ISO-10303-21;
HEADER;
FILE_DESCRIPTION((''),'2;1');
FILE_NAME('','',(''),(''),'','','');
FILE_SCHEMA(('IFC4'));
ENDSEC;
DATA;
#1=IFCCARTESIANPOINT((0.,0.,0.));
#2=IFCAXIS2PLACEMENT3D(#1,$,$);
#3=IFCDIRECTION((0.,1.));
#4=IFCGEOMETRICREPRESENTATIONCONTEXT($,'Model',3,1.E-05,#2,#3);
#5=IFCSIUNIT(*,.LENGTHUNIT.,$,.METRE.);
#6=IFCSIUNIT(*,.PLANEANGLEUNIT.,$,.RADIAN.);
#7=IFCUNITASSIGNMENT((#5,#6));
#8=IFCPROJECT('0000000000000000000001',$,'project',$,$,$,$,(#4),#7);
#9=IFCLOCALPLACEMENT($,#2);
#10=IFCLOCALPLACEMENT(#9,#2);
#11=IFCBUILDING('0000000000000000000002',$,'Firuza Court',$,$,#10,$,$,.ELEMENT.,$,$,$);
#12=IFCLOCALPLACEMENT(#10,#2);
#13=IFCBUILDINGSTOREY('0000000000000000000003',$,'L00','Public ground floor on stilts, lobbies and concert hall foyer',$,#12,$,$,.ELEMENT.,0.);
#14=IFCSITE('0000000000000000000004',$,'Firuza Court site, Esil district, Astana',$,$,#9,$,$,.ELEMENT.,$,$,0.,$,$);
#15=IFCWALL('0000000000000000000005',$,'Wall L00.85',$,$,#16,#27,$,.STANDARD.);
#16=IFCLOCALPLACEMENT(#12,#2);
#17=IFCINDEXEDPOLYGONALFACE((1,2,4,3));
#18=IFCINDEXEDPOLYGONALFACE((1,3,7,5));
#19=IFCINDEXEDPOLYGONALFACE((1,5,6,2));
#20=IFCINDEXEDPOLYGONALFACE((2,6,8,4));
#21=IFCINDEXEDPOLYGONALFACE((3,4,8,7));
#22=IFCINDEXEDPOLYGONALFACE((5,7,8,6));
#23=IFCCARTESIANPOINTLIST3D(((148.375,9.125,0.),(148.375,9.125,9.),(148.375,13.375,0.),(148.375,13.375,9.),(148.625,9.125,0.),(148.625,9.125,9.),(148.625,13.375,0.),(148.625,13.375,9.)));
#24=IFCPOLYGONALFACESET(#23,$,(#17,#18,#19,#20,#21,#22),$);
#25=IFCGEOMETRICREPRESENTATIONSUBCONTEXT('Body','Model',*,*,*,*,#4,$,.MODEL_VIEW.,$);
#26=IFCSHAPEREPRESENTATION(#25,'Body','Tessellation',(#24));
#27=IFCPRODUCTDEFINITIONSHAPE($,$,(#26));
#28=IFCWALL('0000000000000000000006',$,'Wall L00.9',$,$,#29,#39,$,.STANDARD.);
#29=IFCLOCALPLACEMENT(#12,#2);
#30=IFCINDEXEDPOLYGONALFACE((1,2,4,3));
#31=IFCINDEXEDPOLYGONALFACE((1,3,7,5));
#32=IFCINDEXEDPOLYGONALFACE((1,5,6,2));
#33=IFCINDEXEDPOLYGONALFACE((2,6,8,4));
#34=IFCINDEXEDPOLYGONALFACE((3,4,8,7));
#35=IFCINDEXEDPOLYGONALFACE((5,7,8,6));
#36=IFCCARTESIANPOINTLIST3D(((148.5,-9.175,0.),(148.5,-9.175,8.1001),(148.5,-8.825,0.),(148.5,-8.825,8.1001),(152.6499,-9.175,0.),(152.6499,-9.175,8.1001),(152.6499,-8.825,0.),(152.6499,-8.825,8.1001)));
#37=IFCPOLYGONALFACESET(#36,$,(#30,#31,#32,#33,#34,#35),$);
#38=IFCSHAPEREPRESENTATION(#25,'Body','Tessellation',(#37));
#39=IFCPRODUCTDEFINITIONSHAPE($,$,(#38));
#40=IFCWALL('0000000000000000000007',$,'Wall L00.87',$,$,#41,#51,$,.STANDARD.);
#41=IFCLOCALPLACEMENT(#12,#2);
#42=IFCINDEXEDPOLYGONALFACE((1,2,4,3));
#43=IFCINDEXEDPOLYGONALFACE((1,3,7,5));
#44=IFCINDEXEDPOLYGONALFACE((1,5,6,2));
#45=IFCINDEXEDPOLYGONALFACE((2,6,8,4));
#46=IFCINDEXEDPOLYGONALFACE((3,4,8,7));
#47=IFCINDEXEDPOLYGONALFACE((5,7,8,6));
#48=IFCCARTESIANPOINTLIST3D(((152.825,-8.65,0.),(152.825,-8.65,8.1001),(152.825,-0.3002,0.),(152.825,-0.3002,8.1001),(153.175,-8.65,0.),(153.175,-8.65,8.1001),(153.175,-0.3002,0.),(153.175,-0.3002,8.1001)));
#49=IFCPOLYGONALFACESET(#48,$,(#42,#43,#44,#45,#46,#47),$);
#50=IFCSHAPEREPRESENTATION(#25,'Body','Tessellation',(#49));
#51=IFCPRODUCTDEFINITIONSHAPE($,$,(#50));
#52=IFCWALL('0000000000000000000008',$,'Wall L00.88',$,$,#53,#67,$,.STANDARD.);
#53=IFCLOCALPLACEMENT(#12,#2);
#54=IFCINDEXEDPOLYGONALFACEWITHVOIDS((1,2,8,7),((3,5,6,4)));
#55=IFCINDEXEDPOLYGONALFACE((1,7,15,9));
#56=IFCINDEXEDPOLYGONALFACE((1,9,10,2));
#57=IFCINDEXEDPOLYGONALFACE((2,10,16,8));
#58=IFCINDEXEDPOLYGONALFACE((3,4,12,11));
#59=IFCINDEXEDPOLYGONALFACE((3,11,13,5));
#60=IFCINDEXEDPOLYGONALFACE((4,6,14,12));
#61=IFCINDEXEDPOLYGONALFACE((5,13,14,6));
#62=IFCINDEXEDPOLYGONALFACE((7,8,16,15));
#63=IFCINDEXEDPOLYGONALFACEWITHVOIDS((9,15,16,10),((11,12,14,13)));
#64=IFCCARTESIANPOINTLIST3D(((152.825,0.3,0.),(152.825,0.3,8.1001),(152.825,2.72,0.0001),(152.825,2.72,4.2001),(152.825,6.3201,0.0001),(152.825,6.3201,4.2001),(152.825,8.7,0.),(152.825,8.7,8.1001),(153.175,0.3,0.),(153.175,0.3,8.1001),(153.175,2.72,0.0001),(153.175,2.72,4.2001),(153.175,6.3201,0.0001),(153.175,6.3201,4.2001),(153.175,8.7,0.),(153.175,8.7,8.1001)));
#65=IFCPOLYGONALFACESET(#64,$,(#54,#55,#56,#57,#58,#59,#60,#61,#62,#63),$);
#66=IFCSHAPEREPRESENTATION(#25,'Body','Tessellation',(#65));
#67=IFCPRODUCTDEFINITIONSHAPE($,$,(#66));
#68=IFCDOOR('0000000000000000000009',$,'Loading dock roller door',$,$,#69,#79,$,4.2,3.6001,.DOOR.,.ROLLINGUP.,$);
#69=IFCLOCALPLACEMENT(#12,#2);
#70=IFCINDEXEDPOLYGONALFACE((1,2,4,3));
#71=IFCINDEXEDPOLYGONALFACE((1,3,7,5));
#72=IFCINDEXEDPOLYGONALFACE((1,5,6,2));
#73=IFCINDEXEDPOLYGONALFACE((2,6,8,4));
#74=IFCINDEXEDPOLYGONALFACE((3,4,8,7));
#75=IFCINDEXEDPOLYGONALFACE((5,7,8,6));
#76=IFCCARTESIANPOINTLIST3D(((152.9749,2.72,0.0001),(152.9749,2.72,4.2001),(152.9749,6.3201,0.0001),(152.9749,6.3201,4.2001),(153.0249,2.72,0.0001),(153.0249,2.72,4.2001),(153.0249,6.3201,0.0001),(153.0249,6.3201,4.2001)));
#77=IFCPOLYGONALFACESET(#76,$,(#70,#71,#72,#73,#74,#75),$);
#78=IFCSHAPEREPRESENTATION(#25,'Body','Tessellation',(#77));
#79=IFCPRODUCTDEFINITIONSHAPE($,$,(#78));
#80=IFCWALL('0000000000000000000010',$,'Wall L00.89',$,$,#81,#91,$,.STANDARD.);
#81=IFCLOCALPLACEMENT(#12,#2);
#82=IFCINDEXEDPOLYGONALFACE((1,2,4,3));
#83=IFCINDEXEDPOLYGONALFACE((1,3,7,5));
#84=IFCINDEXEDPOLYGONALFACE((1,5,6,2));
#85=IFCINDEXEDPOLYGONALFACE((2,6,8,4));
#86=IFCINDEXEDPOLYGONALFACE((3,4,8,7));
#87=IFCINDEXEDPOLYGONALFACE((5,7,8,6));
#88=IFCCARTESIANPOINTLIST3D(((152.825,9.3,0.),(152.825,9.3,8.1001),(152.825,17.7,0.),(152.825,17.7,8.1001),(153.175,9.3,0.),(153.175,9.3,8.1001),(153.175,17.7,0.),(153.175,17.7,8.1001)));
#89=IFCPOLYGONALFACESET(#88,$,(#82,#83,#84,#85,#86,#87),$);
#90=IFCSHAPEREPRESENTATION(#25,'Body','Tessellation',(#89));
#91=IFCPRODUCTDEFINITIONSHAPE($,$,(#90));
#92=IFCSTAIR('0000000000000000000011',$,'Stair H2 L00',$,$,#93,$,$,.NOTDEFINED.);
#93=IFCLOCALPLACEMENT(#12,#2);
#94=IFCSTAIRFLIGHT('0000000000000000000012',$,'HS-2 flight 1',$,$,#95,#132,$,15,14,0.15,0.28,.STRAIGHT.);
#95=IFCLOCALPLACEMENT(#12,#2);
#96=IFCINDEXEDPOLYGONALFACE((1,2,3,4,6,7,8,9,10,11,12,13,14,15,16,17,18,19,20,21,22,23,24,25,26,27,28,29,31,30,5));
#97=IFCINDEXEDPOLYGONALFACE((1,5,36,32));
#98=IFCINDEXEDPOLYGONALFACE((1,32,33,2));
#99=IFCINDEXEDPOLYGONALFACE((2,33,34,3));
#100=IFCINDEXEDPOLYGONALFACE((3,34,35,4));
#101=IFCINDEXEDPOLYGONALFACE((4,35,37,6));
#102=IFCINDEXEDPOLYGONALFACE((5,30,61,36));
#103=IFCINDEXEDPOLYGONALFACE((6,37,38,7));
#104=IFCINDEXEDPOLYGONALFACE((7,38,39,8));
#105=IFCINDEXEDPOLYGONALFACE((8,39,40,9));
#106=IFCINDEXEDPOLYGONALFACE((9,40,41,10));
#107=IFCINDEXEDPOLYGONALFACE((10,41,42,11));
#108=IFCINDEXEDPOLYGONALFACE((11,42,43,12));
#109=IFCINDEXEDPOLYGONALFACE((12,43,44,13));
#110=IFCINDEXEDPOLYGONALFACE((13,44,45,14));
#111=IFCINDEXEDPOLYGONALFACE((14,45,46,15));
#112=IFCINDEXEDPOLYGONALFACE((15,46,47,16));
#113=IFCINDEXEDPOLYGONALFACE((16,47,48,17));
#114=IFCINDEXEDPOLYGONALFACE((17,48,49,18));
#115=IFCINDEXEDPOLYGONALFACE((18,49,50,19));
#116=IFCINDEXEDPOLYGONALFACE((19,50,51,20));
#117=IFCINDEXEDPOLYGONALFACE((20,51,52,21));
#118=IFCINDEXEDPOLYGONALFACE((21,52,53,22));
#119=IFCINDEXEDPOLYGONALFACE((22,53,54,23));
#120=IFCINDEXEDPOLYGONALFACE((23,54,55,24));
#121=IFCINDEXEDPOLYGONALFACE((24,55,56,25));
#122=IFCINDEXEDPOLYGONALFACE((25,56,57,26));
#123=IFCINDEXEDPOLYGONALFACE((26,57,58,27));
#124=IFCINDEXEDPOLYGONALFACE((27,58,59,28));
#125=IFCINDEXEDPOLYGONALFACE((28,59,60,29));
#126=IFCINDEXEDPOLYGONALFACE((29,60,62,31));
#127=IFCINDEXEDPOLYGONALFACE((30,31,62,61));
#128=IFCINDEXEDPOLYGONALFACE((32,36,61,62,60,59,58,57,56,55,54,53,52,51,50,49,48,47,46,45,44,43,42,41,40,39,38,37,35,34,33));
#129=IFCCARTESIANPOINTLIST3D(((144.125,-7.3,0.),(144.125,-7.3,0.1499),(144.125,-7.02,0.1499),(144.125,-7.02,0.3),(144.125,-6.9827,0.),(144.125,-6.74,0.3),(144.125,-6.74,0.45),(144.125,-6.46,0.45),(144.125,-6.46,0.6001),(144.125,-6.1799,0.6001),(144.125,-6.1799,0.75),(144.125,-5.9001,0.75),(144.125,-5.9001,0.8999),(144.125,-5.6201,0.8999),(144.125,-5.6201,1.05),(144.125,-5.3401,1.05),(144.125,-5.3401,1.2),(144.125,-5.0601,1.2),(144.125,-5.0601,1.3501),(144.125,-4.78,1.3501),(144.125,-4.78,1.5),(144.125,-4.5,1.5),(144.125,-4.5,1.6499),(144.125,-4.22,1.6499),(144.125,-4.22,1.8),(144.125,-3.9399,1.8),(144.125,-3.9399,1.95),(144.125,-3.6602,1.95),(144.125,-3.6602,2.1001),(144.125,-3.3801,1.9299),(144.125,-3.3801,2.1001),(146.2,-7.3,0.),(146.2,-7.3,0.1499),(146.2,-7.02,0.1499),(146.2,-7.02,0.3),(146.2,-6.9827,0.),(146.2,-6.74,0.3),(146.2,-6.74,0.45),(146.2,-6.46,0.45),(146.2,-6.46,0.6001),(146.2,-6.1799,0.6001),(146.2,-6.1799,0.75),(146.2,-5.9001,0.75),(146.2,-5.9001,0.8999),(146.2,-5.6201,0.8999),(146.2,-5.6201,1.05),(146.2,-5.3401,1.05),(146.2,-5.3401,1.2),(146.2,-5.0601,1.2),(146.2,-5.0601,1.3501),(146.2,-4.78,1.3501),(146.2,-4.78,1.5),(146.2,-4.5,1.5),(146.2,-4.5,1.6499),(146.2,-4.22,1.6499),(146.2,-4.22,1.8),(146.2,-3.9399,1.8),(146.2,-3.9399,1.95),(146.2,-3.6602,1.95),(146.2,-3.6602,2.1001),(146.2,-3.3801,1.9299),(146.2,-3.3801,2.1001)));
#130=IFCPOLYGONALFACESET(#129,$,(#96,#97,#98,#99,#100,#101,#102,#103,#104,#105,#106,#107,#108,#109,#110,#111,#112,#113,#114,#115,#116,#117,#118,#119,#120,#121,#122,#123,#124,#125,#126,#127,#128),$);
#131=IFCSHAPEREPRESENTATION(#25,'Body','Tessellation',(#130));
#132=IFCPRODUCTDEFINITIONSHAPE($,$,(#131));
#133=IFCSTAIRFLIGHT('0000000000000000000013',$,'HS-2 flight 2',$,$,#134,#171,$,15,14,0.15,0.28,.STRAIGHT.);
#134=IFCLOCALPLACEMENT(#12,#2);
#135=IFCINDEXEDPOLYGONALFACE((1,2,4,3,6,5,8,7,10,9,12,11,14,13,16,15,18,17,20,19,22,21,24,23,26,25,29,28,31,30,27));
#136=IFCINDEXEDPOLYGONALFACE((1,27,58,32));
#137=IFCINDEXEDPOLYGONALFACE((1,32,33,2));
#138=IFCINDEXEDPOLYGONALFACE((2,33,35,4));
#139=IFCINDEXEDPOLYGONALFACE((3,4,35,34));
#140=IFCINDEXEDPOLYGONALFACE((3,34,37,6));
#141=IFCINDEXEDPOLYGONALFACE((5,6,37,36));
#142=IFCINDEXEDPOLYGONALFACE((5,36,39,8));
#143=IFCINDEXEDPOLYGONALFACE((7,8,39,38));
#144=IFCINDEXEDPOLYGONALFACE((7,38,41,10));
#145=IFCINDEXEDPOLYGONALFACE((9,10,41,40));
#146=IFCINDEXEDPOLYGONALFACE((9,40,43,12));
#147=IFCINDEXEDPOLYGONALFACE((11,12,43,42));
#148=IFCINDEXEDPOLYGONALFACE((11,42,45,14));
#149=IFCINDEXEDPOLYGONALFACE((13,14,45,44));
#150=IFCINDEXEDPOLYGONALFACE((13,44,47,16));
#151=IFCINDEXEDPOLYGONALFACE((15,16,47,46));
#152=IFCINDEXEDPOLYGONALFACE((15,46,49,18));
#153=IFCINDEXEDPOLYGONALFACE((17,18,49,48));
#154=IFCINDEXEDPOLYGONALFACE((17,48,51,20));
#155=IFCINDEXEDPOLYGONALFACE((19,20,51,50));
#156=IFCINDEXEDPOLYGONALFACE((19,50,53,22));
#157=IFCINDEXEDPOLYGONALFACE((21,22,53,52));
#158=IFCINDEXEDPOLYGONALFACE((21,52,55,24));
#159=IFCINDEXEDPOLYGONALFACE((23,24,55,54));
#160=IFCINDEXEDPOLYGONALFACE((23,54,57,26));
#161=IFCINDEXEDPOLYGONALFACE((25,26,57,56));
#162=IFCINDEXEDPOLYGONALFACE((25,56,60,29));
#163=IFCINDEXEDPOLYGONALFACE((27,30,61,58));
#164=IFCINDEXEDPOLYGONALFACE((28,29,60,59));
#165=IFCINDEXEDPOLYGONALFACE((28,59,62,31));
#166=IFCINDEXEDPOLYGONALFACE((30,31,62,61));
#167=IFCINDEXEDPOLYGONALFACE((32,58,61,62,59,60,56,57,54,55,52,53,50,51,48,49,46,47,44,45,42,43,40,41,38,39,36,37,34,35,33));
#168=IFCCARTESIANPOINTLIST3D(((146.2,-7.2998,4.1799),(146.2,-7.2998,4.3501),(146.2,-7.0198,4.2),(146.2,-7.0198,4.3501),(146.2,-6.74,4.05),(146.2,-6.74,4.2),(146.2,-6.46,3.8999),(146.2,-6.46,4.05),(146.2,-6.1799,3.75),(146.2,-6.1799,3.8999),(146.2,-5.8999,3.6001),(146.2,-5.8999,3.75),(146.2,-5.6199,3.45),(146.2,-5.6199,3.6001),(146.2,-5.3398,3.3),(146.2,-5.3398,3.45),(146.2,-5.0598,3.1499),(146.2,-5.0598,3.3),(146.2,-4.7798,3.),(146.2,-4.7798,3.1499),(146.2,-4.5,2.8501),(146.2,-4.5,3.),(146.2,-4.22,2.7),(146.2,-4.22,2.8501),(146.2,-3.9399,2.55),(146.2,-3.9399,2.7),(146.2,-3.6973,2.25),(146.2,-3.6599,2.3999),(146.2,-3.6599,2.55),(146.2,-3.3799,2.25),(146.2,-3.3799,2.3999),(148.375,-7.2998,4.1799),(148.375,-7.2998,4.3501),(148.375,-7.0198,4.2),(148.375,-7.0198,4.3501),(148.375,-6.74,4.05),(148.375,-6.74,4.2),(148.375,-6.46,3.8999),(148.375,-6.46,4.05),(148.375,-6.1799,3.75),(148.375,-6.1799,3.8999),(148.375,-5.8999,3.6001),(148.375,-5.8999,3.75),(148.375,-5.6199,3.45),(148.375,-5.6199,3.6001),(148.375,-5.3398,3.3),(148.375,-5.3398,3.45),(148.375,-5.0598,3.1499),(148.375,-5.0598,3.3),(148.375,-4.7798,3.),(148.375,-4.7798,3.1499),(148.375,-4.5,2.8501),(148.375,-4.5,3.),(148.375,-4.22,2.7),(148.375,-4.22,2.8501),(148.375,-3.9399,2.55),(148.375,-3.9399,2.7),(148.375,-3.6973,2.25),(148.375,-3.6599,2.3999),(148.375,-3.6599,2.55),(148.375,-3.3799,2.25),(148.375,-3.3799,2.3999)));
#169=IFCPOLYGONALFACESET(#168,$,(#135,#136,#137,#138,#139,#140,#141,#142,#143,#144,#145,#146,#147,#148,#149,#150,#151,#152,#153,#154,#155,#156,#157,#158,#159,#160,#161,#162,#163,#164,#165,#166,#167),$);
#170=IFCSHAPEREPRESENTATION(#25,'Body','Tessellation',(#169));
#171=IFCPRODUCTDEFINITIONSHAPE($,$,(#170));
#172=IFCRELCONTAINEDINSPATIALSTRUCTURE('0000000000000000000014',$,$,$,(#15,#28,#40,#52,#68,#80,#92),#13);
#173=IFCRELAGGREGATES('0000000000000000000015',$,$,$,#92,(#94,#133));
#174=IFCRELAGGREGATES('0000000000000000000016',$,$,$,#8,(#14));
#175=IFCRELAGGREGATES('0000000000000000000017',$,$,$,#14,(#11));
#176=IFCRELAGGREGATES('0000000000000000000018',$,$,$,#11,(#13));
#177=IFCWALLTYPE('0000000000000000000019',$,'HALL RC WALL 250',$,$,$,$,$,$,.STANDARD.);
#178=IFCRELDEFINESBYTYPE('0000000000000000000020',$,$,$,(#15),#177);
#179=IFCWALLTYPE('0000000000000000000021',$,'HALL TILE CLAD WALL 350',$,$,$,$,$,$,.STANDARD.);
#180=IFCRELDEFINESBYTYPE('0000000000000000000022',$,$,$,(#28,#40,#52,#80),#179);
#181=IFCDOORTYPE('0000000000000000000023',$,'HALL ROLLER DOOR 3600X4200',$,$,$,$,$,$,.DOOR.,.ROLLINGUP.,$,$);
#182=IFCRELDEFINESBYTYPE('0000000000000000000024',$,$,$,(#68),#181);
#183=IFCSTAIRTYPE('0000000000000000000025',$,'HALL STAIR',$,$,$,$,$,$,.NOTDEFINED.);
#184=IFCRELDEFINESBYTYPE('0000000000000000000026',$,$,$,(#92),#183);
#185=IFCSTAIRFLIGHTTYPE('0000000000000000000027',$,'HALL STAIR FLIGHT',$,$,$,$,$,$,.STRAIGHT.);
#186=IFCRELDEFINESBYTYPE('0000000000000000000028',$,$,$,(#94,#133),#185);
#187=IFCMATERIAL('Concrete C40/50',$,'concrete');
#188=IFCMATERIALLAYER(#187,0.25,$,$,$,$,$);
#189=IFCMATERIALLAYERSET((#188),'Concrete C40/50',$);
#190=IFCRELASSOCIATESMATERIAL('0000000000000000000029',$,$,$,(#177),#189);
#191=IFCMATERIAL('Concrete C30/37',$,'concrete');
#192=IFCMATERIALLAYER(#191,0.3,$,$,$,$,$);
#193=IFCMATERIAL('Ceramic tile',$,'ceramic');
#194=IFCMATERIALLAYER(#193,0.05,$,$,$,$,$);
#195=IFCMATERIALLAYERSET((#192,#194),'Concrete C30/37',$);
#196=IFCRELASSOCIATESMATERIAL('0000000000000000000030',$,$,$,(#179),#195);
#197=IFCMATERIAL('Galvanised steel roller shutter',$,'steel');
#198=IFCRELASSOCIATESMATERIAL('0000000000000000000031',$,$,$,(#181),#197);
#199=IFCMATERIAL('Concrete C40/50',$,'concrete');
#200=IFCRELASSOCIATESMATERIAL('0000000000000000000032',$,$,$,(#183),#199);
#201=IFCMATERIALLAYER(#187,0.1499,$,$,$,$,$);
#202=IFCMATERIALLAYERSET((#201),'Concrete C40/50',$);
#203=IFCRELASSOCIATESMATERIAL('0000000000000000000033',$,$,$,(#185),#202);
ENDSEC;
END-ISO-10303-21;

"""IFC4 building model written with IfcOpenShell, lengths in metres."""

from ifc_helpers import new_model, si_unit, direction, frame, frame_2d, origin, place, context, subcontext, project, spatial, polyline, rectangle, outline, extrude, material, layer, layer_set, type_object, element, fill, aggregate, save


model = new_model("IFC4")

# Units and contexts
model_context = context("Model", 3, precision=1e-05, world=origin(), true_north=direction((0.0, 1.0)))
body_context = subcontext(model_context, "Body", "Model", "MODEL_VIEW")
ifc_project = project(units=[si_unit("LENGTHUNIT", "METRE"), si_unit("PLANEANGLEUNIT", "RADIAN")], contexts=[model_context])

# Site, building, storey
site_placement = place(None, origin())
site = spatial("IfcSite", under=ifc_project, at=site_placement, Name="Firuza Court site, Esil district, Astana", CompositionType="ELEMENT", RefElevation=0.0)
building_placement = place(site_placement, origin())
building = spatial("IfcBuilding", under=site, at=building_placement, Name="Firuza Court", CompositionType="ELEMENT")
storey_placement = place(building_placement, origin())
storey = spatial("IfcBuildingStorey", under=building, at=storey_placement, Name="L00", Description="Public ground floor on stilts, lobbies and concert hall foyer", CompositionType="ELEMENT", Elevation=0.0)

# Walls
ifc_material_1 = material(Name="Concrete C40/50", Category="concrete")
ifc_layer_1 = layer(ifc_material_1, 0.25)
ifc_layer_set_1 = layer_set([ifc_layer_1], Name="Concrete C40/50")
wall_type_1 = type_object("IfcWallType", Name="HALL RC WALL 250", PredefinedType="STANDARD", material=ifc_layer_set_1)
wall_1_placement = place(storey_placement, frame((148.5, 9.125, 0.0), z_axis=(0.0, 0.0, 1.0), x_axis=(0.0, 1.0, 0.0)))
element("IfcWall", 1, at=wall_1_placement, inside=storey, type_object=wall_type_1, Name="Wall L00.85", PredefinedType="STANDARD", context=body_context, shape_type="SweptSolid", body=[
    extrude(rectangle(XDim=4.25, YDim=0.25, at=frame_2d((2.125, 0.0))), origin(), (0.0, 0.0, 1.0), 9.0),
])
ifc_material_2 = material(Name="Concrete C30/37", Category="concrete")
ifc_layer_2 = layer(ifc_material_2, 0.3)
ifc_material_3 = material(Name="Ceramic tile", Category="ceramic")
ifc_layer_3 = layer(ifc_material_3, 0.05)
ifc_layer_set_2 = layer_set([ifc_layer_2, ifc_layer_3], Name="Concrete C30/37")
wall_type_2 = type_object("IfcWallType", Name="HALL TILE CLAD WALL 350", PredefinedType="STANDARD", material=ifc_layer_set_2)
wall_2_placement = place(storey_placement, frame((148.5, -9.0, 0.0), z_axis=(0.0, 0.0, 1.0), x_axis=(1.0, 0.0, 0.0)))
element("IfcWall", 2, at=wall_2_placement, inside=storey, type_object=wall_type_2, Name="Wall L00.9", PredefinedType="STANDARD", context=body_context, shape_type="SweptSolid", body=[
    extrude(rectangle(XDim=4.1499, YDim=0.3501, at=frame_2d((2.075, 0.0))), origin(), (0.0, 0.0, 1.0), 8.1001),
])
wall_3_placement = place(storey_placement, frame((153.0, -8.6499, 0.0), z_axis=(0.0, 0.0, 1.0), x_axis=(0.0, 1.0, 0.0)))
element("IfcWall", 3, at=wall_3_placement, inside=storey, type_object=wall_type_2, Name="Wall L00.87", PredefinedType="STANDARD", context=body_context, shape_type="SweptSolid", body=[
    extrude(rectangle(XDim=8.3499, YDim=0.3501, at=frame_2d((4.1748, 0.0))), origin(), (0.0, 0.0, 1.0), 8.1001),
])

# Wall, opening, door
wall_4_placement = place(storey_placement, frame((153.0, 0.3, 0.0), z_axis=(0.0, 0.0, 1.0), x_axis=(0.0, 1.0, 0.0)))
wall_4 = element("IfcWall", 4, at=wall_4_placement, inside=storey, type_object=wall_type_2, Name="Wall L00.88", PredefinedType="STANDARD", context=body_context, shape_type="SweptSolid", body=[
    extrude(rectangle(XDim=8.3999, YDim=0.3501, at=frame_2d((4.2, 0.0))), origin(), (0.0, 0.0, 1.0), 8.1001),
])
opening_1_placement = place(wall_4_placement, frame((2.4199, 0.0, 0.0)))
opening_1 = element("IfcOpeningElement", 5, at=opening_1_placement, cuts=wall_4, PredefinedType="OPENING", context=body_context, shape_type="SweptSolid", body=[
    extrude(rectangle(XDim=3.6001, YDim=4.2, at=frame_2d((1.8, 2.1001))), frame((0.0, 0.187, 0.0), z_axis=(0.0, -1.0, 0.0), x_axis=(1.0, 0.0, 0.0)), (0.0, 0.0, 1.0), 0.374),
])
ifc_material_4 = material(Name="Galvanised steel roller shutter", Category="steel")
door_type_1 = type_object("IfcDoorType", Name="HALL ROLLER DOOR 3600X4200", OperationType="ROLLINGUP", PredefinedType="DOOR", material=ifc_material_4)
door_1_placement = place(opening_1_placement, frame((3.6001, 0.0, 0.0), z_axis=(0.0, 0.0, 1.0), x_axis=(-1.0, 0.0, 0.0)))
door_1 = element("IfcDoor", 6, at=door_1_placement, inside=storey, type_object=door_type_1, Name="Loading dock roller door", OperationType="ROLLINGUP", OverallHeight=4.2, OverallWidth=3.6001, PredefinedType="DOOR", context=body_context, shape_type="SweptSolid", body=[
    extrude(rectangle(XDim=3.6001, YDim=4.2, at=frame_2d((1.8, 2.1001))), frame((0.0, 0.0249, 0.0), z_axis=(0.0, -1.0, 0.0), x_axis=(1.0, 0.0, 0.0)), (0.0, 0.0, 1.0), 0.05),
])
fill(opening_1, door_1)

# Wall
wall_5_placement = place(storey_placement, frame((153.0, 9.3, 0.0), z_axis=(0.0, 0.0, 1.0), x_axis=(0.0, 1.0, 0.0)))
element("IfcWall", 7, at=wall_5_placement, inside=storey, type_object=wall_type_2, Name="Wall L00.89", PredefinedType="STANDARD", context=body_context, shape_type="SweptSolid", body=[
    extrude(rectangle(XDim=8.3999, YDim=0.3501, at=frame_2d((4.2, 0.0))), origin(), (0.0, 0.0, 1.0), 8.1001),
])

# Stair, stair flights
ifc_material_5 = material(Name="Concrete C40/50", Category="concrete")
stair_type = type_object("IfcStairType", Name="HALL STAIR", PredefinedType="NOTDEFINED", material=ifc_material_5)
stair_placement = place(storey_placement, origin())
stair = element("IfcStair", 8, at=stair_placement, inside=storey, type_object=stair_type, Name="Stair H2 L00", PredefinedType="NOTDEFINED")
ifc_layer_4 = layer(ifc_material_1, 0.1499)
ifc_layer_set_3 = layer_set([ifc_layer_4], Name="Concrete C40/50")
stair_flight_type = type_object("IfcStairFlightType", Name="HALL STAIR FLIGHT", PredefinedType="STRAIGHT", material=ifc_layer_set_3)
stair_flight_1_placement = place(storey_placement, frame((145.1626, -7.3, 0.0), z_axis=(0.0, 0.0, 1.0), x_axis=(0.0, 1.0, 0.0)))
stair_flight_1 = element("IfcStairFlight", 9, at=stair_flight_1_placement, type_object=stair_flight_type, Name="HS-2 flight 1", NumberOfRisers=15, NumberOfTreads=14, PredefinedType="STRAIGHT", RiserHeight=0.15, TreadLength=0.28, context=body_context, shape_type="SweptSolid", body=[
    extrude(outline(polyline([(0.0, 0.0), (0.0, 0.1499), (0.28, 0.1499), (0.28, 0.3), (0.5601, 0.3), (0.5601, 0.45), (0.8401, 0.45), (0.8401, 0.6001), (1.1201, 0.6001), (1.1201, 0.75), (1.3999, 0.75), (1.3999, 0.8999), (1.6799, 0.8999), (1.6799, 1.05), (1.96, 1.05), (1.96, 1.2), (2.24, 1.2), (2.24, 1.3501), (2.52, 1.3501), (2.52, 1.5), (2.8, 1.5), (2.8, 1.6499), (3.0801, 1.6499), (3.0801, 1.8), (3.3601, 1.8), (3.3601, 1.95), (3.6399, 1.95), (3.6399, 2.1001), (3.9199, 2.1001), (3.9199, 2.25), (3.9199, 1.9299), (0.3174, 0.0), (0.0, 0.0)])), frame((0.0, 1.0376, 0.0), z_axis=(0.0, -1.0, 0.0), x_axis=(1.0, 0.0, 0.0)), (0.0, 0.0, 1.0), 2.075),
])
stair_flight_2_placement = place(storey_placement, frame((147.2876, -3.3799, 2.25), z_axis=(0.0, 0.0, 1.0), x_axis=(0.0, -1.0, 0.0)))
stair_flight_2 = element("IfcStairFlight", 10, at=stair_flight_2_placement, type_object=stair_flight_type, Name="HS-2 flight 2", NumberOfRisers=15, NumberOfTreads=14, PredefinedType="STRAIGHT", RiserHeight=0.15, TreadLength=0.28, context=body_context, shape_type="SweptSolid", body=[
    extrude(outline(polyline([(0.0, 0.0), (0.0, 0.1499), (0.28, 0.1499), (0.28, 0.3), (0.5601, 0.3), (0.5601, 0.45), (0.8401, 0.45), (0.8401, 0.6001), (1.1201, 0.6001), (1.1201, 0.75), (1.3999, 0.75), (1.3999, 0.8999), (1.6799, 0.8999), (1.6799, 1.05), (1.96, 1.05), (1.96, 1.2), (2.24, 1.2), (2.24, 1.3501), (2.52, 1.3501), (2.52, 1.5), (2.8, 1.5), (2.8, 1.6499), (3.0801, 1.6499), (3.0801, 1.8), (3.3601, 1.8), (3.3601, 1.95), (3.6399, 1.95), (3.6399, 2.1001), (3.9199, 2.1001), (3.9199, 2.25), (3.9199, 1.9299), (0.3174, 0.0), (0.0, 0.0)])), frame((0.0, 1.0874, 0.0), z_axis=(0.0, -1.0, 0.0), x_axis=(1.0, 0.0, 0.0)), (0.0, 0.0, 1.0), 2.175),
])
aggregate(stair, [stair_flight_1, stair_flight_2])

save(model, "model.ifc")
